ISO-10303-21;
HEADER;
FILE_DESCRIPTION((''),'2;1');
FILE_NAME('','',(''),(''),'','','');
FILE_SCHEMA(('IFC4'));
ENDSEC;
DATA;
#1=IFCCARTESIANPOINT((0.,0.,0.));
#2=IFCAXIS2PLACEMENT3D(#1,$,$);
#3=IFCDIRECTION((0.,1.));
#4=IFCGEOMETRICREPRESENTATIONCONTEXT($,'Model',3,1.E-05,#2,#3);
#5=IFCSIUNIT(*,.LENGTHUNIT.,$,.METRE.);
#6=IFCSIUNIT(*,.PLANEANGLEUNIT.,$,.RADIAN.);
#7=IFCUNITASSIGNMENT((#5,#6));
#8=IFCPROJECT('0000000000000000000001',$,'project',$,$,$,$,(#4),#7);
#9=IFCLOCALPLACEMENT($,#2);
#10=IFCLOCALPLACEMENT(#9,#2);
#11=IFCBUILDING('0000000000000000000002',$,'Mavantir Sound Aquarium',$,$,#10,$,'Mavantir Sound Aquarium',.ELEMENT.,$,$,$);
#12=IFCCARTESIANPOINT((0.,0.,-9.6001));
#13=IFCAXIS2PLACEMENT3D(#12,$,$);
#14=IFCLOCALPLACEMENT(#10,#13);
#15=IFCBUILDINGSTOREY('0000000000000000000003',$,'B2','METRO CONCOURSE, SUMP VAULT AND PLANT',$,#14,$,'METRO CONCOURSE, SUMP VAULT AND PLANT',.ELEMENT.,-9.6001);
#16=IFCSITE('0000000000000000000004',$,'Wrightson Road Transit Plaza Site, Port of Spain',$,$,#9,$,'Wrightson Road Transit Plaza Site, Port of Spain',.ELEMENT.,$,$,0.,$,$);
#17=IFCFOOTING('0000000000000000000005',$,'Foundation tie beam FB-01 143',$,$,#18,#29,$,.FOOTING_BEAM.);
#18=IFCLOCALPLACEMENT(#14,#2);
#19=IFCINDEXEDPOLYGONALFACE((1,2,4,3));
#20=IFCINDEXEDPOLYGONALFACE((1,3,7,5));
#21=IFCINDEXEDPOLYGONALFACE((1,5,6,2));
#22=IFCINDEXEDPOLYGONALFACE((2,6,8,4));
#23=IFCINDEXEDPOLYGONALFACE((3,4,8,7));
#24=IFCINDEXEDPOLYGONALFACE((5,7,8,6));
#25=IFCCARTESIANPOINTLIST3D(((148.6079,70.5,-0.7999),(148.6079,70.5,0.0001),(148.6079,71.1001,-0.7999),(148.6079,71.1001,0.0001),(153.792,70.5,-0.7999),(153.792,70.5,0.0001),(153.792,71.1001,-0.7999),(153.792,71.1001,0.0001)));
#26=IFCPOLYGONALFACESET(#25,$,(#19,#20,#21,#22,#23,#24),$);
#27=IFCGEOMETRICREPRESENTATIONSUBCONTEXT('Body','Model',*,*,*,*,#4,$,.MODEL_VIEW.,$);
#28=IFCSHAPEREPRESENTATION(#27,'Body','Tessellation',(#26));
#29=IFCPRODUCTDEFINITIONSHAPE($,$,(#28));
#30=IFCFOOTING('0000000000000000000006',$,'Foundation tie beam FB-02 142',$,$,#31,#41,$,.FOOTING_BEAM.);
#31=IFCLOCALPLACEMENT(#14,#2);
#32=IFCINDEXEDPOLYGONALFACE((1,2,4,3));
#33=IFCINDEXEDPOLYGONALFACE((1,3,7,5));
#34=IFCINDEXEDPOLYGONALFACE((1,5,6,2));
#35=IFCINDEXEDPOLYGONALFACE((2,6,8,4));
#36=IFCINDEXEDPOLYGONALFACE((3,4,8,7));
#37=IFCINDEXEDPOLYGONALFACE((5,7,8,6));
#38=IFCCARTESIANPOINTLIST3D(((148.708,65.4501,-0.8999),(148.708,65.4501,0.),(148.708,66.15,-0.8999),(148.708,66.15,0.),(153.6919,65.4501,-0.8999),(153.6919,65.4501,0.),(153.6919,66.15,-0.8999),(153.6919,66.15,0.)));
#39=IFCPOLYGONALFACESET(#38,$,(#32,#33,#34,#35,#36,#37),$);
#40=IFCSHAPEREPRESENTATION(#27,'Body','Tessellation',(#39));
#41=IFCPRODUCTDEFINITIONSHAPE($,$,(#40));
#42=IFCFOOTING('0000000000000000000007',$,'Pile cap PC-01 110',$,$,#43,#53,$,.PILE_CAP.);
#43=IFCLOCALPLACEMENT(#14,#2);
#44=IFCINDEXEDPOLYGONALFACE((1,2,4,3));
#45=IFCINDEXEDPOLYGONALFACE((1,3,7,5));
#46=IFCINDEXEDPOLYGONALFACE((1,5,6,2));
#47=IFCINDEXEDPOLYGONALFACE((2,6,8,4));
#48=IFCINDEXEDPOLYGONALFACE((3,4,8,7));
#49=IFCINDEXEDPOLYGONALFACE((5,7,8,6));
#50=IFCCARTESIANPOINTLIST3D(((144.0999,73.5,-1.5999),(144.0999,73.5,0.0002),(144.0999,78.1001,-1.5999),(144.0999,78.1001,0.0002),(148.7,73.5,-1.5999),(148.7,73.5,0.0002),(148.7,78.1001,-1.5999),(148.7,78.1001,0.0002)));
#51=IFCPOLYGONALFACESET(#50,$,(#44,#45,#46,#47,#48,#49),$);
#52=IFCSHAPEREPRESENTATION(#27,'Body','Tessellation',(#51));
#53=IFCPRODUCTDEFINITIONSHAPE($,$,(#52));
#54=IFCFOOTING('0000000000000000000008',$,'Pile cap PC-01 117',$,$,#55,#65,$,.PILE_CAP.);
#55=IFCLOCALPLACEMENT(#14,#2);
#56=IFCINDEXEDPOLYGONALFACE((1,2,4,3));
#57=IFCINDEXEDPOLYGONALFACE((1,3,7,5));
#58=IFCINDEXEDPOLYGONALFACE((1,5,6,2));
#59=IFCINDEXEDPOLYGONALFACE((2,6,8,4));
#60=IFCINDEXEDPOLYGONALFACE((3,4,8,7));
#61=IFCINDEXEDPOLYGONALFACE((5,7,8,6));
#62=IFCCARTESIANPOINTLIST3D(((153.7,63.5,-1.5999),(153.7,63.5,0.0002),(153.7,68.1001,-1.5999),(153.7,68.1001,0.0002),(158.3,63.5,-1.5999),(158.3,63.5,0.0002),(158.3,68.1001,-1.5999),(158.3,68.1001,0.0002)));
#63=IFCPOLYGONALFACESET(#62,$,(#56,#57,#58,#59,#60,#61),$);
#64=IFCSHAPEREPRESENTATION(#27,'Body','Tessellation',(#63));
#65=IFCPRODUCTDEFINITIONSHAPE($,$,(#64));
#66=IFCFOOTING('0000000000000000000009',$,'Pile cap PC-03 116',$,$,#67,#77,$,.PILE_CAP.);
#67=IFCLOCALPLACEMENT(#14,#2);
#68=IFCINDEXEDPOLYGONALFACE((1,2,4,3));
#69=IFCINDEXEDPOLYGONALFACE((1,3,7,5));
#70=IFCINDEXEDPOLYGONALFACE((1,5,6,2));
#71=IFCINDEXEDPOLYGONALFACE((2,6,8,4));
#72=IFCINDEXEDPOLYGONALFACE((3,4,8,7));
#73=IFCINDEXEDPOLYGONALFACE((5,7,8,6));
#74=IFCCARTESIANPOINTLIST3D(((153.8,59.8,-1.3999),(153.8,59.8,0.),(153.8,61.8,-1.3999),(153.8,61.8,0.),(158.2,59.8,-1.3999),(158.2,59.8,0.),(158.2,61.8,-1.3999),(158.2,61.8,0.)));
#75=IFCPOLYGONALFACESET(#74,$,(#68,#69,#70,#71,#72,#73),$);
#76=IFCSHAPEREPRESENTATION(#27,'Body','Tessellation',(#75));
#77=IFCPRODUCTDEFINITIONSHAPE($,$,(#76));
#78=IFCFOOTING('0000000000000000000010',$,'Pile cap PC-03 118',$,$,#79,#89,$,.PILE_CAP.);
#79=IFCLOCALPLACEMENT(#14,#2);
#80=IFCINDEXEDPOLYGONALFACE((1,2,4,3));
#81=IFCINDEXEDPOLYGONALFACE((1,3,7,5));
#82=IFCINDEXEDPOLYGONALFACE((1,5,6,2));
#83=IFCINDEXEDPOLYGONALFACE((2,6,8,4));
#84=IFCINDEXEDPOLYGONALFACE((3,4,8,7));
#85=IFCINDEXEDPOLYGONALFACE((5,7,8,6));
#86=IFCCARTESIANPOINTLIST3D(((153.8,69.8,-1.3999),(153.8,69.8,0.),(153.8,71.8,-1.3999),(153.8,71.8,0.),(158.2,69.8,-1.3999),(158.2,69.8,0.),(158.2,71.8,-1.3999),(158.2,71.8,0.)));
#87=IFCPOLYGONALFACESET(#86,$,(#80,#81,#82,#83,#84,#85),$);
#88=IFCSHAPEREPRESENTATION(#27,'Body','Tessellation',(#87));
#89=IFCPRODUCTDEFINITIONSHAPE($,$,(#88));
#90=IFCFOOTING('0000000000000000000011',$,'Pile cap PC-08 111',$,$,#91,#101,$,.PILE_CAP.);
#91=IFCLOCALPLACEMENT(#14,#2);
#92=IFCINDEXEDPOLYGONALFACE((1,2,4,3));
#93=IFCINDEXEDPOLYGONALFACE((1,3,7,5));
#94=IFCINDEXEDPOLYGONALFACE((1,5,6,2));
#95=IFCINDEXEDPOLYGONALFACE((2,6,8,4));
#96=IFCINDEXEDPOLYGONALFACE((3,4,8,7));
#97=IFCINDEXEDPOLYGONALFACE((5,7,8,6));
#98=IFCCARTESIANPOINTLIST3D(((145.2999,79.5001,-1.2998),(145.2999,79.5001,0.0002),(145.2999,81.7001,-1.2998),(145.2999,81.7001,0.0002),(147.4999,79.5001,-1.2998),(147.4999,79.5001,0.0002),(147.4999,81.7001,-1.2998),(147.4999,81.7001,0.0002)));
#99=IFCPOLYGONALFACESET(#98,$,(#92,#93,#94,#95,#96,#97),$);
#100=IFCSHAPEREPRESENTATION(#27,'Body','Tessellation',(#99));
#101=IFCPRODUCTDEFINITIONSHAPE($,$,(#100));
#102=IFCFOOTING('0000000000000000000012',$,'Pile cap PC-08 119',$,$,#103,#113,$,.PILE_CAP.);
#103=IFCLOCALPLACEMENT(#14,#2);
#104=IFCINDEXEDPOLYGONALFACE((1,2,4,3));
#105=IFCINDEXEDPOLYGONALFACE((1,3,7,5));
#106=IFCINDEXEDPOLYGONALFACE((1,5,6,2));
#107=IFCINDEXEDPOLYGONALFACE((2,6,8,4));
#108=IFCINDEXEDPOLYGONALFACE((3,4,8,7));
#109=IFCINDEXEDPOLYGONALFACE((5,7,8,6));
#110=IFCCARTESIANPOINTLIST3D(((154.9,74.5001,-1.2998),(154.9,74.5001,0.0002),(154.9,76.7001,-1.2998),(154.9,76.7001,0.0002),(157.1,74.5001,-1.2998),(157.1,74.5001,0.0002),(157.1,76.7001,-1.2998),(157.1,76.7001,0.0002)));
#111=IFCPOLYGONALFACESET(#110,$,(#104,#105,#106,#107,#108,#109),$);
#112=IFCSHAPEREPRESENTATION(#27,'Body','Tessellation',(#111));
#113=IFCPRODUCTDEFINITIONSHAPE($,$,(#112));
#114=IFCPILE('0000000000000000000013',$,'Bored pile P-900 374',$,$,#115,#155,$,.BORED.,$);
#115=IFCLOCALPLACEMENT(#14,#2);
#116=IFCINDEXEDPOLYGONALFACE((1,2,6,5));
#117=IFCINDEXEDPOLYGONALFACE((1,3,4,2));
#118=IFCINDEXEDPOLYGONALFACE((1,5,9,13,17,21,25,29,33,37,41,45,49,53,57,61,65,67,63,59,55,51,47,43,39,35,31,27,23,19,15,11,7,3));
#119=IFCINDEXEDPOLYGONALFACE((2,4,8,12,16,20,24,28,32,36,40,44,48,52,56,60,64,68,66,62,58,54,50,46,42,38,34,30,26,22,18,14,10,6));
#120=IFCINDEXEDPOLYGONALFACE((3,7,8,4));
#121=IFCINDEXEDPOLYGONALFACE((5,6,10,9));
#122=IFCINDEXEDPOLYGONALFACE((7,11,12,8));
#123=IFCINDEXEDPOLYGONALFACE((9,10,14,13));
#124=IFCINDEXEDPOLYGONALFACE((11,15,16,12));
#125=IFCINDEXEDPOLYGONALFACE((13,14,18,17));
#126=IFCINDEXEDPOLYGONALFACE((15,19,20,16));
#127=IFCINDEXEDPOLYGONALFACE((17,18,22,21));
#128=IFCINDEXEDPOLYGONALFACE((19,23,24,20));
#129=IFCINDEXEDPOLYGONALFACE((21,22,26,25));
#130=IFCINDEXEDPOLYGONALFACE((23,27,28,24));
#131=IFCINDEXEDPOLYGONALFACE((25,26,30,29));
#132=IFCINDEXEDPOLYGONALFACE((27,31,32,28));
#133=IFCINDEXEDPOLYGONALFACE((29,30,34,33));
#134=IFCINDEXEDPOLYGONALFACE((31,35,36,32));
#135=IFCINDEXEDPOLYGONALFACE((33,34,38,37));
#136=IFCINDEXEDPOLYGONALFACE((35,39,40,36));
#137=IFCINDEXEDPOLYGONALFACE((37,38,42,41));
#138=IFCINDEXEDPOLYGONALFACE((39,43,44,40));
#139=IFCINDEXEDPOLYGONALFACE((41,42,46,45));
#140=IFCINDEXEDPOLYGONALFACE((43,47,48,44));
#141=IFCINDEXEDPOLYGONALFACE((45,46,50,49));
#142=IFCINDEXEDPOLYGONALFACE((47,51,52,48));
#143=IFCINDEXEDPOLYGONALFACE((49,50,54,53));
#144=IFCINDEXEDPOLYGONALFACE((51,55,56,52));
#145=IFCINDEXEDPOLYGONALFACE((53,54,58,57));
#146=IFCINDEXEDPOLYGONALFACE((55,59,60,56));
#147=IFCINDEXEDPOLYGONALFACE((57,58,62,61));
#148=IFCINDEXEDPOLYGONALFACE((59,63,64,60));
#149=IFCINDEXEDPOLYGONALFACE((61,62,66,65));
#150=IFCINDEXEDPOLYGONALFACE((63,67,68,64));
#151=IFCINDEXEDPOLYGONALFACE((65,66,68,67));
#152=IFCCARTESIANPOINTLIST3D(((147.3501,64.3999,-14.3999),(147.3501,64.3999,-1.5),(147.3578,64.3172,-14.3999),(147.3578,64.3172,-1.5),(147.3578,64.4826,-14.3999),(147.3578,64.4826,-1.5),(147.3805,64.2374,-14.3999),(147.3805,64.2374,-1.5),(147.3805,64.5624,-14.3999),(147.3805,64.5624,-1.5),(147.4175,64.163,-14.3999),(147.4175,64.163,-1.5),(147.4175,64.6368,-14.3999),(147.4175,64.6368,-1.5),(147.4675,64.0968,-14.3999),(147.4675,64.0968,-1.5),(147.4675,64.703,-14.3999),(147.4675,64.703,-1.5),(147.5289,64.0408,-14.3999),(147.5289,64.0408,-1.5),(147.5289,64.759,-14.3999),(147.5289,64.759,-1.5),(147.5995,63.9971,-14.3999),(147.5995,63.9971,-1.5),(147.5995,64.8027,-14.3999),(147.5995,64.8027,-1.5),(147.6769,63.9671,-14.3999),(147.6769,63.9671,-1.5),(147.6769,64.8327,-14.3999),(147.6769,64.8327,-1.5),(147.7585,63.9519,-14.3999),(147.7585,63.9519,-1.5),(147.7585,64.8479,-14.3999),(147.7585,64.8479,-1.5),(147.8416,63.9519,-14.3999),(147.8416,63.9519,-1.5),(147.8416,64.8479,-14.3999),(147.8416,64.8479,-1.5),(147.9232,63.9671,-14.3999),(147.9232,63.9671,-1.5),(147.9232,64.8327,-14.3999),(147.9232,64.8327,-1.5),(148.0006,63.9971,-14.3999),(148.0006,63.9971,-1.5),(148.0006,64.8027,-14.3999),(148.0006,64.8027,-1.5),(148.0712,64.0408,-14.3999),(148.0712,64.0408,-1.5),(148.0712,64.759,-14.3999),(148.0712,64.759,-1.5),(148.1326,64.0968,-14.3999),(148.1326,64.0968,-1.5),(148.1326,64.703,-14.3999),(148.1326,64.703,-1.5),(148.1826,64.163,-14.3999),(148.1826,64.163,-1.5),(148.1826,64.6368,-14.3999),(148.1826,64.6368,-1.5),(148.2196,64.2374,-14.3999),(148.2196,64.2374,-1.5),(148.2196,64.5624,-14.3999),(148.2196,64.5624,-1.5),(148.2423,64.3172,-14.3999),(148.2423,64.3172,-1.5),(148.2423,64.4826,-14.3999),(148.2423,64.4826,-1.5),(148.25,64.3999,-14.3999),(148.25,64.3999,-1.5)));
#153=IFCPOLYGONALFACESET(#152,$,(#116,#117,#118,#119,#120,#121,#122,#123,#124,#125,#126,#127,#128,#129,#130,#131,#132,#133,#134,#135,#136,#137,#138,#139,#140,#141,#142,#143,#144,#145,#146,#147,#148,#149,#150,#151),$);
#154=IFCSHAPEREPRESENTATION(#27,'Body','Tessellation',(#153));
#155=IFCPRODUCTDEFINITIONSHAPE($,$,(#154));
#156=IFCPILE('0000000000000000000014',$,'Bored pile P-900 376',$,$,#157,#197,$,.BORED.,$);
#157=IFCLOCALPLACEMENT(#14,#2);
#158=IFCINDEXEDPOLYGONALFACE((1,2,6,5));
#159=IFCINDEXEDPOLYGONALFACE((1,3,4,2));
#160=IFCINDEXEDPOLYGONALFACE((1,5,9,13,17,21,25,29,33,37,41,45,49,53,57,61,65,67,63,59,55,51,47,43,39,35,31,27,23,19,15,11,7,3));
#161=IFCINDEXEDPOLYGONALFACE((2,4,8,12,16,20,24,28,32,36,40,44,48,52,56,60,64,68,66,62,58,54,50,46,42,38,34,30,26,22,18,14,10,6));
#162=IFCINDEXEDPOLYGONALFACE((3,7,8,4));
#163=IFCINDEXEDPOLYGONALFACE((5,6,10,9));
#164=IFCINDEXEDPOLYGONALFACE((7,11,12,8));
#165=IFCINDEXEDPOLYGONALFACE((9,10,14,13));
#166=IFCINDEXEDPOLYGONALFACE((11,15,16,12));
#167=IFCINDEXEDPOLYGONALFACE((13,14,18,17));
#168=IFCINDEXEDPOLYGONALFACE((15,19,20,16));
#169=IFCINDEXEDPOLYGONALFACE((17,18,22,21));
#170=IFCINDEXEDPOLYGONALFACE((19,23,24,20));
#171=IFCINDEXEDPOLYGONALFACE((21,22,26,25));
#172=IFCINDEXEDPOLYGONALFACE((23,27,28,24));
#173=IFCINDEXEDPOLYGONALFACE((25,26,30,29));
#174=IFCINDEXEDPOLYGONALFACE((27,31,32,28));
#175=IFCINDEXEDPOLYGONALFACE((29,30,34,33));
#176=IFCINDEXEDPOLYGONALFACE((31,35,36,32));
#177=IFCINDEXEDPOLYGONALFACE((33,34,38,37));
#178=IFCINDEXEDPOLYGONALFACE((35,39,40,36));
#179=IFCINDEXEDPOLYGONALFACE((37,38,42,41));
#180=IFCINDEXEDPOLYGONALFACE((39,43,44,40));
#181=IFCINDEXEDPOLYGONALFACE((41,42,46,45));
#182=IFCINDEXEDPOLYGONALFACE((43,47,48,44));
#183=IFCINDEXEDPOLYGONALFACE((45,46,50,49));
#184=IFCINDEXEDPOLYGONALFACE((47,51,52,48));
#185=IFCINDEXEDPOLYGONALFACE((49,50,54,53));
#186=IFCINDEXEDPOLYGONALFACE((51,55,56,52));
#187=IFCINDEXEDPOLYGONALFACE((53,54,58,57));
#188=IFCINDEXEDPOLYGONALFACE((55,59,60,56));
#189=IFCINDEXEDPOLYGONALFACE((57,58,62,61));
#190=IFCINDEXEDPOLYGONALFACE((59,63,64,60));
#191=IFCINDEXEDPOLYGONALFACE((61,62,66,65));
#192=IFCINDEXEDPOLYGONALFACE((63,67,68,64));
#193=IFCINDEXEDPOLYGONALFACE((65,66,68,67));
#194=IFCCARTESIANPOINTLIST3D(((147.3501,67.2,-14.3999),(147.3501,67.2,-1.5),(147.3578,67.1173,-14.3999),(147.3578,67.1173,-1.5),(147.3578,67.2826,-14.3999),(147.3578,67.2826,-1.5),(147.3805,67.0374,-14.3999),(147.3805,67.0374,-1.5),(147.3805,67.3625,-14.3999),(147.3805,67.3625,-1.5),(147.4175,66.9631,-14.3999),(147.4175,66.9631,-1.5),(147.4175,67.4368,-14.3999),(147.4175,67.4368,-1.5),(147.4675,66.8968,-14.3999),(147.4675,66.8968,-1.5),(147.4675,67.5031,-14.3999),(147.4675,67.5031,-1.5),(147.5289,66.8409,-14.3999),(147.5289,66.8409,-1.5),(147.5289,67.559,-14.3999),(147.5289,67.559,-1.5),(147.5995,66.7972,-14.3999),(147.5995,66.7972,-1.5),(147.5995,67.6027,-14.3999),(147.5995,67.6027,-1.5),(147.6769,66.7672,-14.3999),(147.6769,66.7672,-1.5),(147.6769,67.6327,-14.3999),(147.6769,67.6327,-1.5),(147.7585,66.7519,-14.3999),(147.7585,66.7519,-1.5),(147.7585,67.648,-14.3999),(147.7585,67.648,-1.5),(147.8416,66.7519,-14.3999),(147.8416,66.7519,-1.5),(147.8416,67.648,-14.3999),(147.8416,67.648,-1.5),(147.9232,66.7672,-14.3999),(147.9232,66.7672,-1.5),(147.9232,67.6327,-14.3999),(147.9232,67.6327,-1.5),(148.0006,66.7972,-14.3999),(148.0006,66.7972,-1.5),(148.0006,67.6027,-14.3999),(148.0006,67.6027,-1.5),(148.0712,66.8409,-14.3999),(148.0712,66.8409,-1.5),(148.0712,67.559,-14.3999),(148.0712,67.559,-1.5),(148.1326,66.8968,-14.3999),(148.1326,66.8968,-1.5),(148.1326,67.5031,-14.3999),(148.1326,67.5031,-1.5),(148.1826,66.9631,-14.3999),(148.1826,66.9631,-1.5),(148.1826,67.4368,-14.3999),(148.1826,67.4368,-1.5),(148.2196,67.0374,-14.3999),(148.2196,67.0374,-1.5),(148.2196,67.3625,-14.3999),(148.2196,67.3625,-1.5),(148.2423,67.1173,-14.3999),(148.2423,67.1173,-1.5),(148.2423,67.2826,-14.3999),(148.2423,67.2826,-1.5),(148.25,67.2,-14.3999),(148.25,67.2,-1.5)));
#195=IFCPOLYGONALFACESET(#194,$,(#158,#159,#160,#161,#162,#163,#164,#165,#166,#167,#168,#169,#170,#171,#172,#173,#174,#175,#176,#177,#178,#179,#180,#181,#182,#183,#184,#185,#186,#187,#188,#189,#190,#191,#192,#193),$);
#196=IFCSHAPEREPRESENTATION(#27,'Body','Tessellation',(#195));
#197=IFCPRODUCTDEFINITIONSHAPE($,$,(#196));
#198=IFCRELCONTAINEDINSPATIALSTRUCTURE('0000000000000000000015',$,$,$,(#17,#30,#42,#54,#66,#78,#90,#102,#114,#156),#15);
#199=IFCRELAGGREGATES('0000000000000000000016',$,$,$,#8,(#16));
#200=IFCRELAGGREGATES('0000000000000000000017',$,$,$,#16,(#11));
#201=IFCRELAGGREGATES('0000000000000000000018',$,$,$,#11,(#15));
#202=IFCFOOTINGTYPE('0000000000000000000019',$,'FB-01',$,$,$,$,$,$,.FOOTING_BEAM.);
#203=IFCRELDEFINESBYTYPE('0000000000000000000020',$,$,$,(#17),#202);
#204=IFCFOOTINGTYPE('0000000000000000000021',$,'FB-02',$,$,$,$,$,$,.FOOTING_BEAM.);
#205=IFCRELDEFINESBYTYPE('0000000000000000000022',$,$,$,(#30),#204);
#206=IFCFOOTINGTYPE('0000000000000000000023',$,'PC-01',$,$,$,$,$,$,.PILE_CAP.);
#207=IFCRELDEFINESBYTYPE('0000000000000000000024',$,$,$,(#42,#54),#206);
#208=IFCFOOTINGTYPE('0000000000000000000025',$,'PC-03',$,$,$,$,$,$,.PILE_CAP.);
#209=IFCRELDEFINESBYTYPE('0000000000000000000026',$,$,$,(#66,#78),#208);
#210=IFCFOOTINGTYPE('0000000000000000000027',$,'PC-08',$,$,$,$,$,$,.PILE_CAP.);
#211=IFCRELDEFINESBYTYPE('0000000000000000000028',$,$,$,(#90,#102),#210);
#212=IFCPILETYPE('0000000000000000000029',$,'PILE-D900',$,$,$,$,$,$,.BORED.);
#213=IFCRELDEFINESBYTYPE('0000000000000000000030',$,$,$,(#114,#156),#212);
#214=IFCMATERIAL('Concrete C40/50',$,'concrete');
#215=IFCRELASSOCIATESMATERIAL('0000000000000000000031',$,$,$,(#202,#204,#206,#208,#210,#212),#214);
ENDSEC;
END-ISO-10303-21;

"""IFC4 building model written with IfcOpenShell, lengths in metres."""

from ifc_helpers import new_model, si_unit, direction, frame, origin, origin_2d, place, context, subcontext, project, spatial, rectangle, circle, extrude, material, material_profile, profile_set, type_object, element, save


model = new_model("IFC4")

# Units and contexts
model_context = context("Model", 3, precision=1e-05, world=origin(), true_north=direction((0.0, 1.0)))
body_context = subcontext(model_context, "Body", "Model", "MODEL_VIEW")
ifc_project = project(units=[si_unit("LENGTHUNIT", "METRE"), si_unit("PLANEANGLEUNIT", "RADIAN")], contexts=[model_context])

# Site, building, storey
site_placement = place(None, origin())
site = spatial("IfcSite", under=ifc_project, at=site_placement, Name="Wrightson Road Transit Plaza Site, Port of Spain", LongName="Wrightson Road Transit Plaza Site, Port of Spain", CompositionType="ELEMENT", RefElevation=0.0)
building_placement = place(site_placement, origin())
building = spatial("IfcBuilding", under=site, at=building_placement, Name="Mavantir Sound Aquarium", LongName="Mavantir Sound Aquarium", CompositionType="ELEMENT")
storey_placement = place(building_placement, frame((0.0, 0.0, -9.6001)))
storey = spatial("IfcBuildingStorey", under=building, at=storey_placement, Name="B2", Description="METRO CONCOURSE, SUMP VAULT AND PLANT", LongName="METRO CONCOURSE, SUMP VAULT AND PLANT", CompositionType="ELEMENT", Elevation=-9.6001)

# Footings
ifc_material_1 = material(Name="Concrete C40/50", Category="concrete")
ifc_material_profile_1 = material_profile(ifc_material_1, rectangle(XDim=0.6001, YDim=0.8, at=origin_2d()), Name="RC 600X800")
ifc_profile_set_1 = profile_set([ifc_material_profile_1], Name="Concrete C40/50")
footing_type_1 = type_object("IfcFootingType", Name="FB-01", PredefinedType="FOOTING_BEAM", material=ifc_profile_set_1)
footing_1_placement = place(storey_placement, frame((148.6079, 70.8, -0.3999), z_axis=(1.0, 0.0, 0.0), x_axis=(0.0, 1.0, 0.0)))
element("IfcFooting", 1, at=footing_1_placement, inside=storey, type_object=footing_type_1, Name="Foundation tie beam FB-01 143", PredefinedType="FOOTING_BEAM", context=body_context, shape_type="SweptSolid", body=[
    extrude(rectangle(XDim=0.6001, YDim=0.8, at=origin_2d()), origin(), (0.0, 0.0, 1.0), 5.1841),
])
ifc_material_profile_2 = material_profile(ifc_material_1, rectangle(XDim=0.7, YDim=0.8999, at=origin_2d()), Name="RC 700X900")
ifc_profile_set_2 = profile_set([ifc_material_profile_2], Name="Concrete C40/50")
footing_type_2 = type_object("IfcFootingType", Name="FB-02", PredefinedType="FOOTING_BEAM", material=ifc_profile_set_2)
footing_2_placement = place(storey_placement, frame((148.708, 65.8, -0.45), z_axis=(1.0, 0.0, 0.0), x_axis=(0.0, 1.0, 0.0)))
element("IfcFooting", 2, at=footing_2_placement, inside=storey, type_object=footing_type_2, Name="Foundation tie beam FB-02 142", PredefinedType="FOOTING_BEAM", context=body_context, shape_type="SweptSolid", body=[
    extrude(rectangle(XDim=0.7, YDim=0.8999, at=origin_2d()), origin(), (0.0, 0.0, 1.0), 4.9839),
])
footing_type_3 = type_object("IfcFootingType", Name="PC-01", PredefinedType="PILE_CAP", material=ifc_material_1)
for number, where, z_axis, x_axis, name in (
    (3, (146.3999, 75.8, -1.5999), (0.0, 0.0, 1.0), (1.0, 0.0, 0.0), "Pile cap PC-01 110"),
    (4, (156.0, 65.8, -1.5999), (0.0, 0.0, 1.0), (1.0, 0.0, 0.0), "Pile cap PC-01 117"),
):
    element("IfcFooting", number, at=place(storey_placement, frame(where, z_axis=z_axis, x_axis=x_axis)), inside=storey, type_object=footing_type_3, Name=name, PredefinedType="PILE_CAP", context=body_context, shape_type="SweptSolid", body=[
        extrude(rectangle(XDim=4.6001, YDim=4.6001, at=origin_2d()), origin(), (0.0, 0.0, 1.0), 1.6001),
    ])
footing_type_4 = type_object("IfcFootingType", Name="PC-03", PredefinedType="PILE_CAP", material=ifc_material_1)
for number, where, z_axis, x_axis, name in (
    (5, (156.0, 60.8, -1.3999), (0.0, 0.0, 1.0), (1.0, 0.0, 0.0), "Pile cap PC-03 116"),
    (6, (156.0, 70.8, -1.3999), (0.0, 0.0, 1.0), (1.0, 0.0, 0.0), "Pile cap PC-03 118"),
):
    element("IfcFooting", number, at=place(storey_placement, frame(where, z_axis=z_axis, x_axis=x_axis)), inside=storey, type_object=footing_type_4, Name=name, PredefinedType="PILE_CAP", context=body_context, shape_type="SweptSolid", body=[
        extrude(rectangle(XDim=4.3999, YDim=2.0, at=origin_2d()), origin(), (0.0, 0.0, 1.0), 1.3999),
    ])
footing_type_5 = type_object("IfcFootingType", Name="PC-08", PredefinedType="PILE_CAP", material=ifc_material_1)
for number, where, z_axis, x_axis, name in (
    (7, (146.3999, 80.6001, -1.2998), (0.0, 0.0, 1.0), (1.0, 0.0, 0.0), "Pile cap PC-08 111"),
    (8, (156.0, 75.6001, -1.2998), (0.0, 0.0, 1.0), (1.0, 0.0, 0.0), "Pile cap PC-08 119"),
):
    element("IfcFooting", number, at=place(storey_placement, frame(where, z_axis=z_axis, x_axis=x_axis)), inside=storey, type_object=footing_type_5, Name=name, PredefinedType="PILE_CAP", context=body_context, shape_type="SweptSolid", body=[
        extrude(rectangle(XDim=2.2, YDim=2.2, at=origin_2d()), origin(), (0.0, 0.0, 1.0), 1.3),
    ])

# Piles
ifc_material_profile_3 = material_profile(ifc_material_1, circle(Radius=0.45, at=origin_2d()), Name="PILE D900")
ifc_profile_set_3 = profile_set([ifc_material_profile_3], Name="Concrete C40/50")
pile_type = type_object("IfcPileType", Name="PILE-D900", PredefinedType="BORED", material=ifc_profile_set_3)
for number, where, z_axis, x_axis, name in (
    (9, (147.8, 64.3999, -1.5), (0.0, 0.0, -1.0), (1.0, 0.0, 0.0), "Bored pile P-900 374"),
    (10, (147.8, 67.2, -1.5), (0.0, 0.0, -1.0), (1.0, 0.0, 0.0), "Bored pile P-900 376"),
):
    element("IfcPile", number, at=place(storey_placement, frame(where, z_axis=z_axis, x_axis=x_axis)), inside=storey, type_object=pile_type, Name=name, PredefinedType="BORED", context=body_context, shape_type="SweptSolid", body=[
        extrude(circle(Radius=0.45, at=origin_2d()), origin(), (0.0, 0.0, 1.0), 12.8999),
    ])

save(model, "model.ifc")
